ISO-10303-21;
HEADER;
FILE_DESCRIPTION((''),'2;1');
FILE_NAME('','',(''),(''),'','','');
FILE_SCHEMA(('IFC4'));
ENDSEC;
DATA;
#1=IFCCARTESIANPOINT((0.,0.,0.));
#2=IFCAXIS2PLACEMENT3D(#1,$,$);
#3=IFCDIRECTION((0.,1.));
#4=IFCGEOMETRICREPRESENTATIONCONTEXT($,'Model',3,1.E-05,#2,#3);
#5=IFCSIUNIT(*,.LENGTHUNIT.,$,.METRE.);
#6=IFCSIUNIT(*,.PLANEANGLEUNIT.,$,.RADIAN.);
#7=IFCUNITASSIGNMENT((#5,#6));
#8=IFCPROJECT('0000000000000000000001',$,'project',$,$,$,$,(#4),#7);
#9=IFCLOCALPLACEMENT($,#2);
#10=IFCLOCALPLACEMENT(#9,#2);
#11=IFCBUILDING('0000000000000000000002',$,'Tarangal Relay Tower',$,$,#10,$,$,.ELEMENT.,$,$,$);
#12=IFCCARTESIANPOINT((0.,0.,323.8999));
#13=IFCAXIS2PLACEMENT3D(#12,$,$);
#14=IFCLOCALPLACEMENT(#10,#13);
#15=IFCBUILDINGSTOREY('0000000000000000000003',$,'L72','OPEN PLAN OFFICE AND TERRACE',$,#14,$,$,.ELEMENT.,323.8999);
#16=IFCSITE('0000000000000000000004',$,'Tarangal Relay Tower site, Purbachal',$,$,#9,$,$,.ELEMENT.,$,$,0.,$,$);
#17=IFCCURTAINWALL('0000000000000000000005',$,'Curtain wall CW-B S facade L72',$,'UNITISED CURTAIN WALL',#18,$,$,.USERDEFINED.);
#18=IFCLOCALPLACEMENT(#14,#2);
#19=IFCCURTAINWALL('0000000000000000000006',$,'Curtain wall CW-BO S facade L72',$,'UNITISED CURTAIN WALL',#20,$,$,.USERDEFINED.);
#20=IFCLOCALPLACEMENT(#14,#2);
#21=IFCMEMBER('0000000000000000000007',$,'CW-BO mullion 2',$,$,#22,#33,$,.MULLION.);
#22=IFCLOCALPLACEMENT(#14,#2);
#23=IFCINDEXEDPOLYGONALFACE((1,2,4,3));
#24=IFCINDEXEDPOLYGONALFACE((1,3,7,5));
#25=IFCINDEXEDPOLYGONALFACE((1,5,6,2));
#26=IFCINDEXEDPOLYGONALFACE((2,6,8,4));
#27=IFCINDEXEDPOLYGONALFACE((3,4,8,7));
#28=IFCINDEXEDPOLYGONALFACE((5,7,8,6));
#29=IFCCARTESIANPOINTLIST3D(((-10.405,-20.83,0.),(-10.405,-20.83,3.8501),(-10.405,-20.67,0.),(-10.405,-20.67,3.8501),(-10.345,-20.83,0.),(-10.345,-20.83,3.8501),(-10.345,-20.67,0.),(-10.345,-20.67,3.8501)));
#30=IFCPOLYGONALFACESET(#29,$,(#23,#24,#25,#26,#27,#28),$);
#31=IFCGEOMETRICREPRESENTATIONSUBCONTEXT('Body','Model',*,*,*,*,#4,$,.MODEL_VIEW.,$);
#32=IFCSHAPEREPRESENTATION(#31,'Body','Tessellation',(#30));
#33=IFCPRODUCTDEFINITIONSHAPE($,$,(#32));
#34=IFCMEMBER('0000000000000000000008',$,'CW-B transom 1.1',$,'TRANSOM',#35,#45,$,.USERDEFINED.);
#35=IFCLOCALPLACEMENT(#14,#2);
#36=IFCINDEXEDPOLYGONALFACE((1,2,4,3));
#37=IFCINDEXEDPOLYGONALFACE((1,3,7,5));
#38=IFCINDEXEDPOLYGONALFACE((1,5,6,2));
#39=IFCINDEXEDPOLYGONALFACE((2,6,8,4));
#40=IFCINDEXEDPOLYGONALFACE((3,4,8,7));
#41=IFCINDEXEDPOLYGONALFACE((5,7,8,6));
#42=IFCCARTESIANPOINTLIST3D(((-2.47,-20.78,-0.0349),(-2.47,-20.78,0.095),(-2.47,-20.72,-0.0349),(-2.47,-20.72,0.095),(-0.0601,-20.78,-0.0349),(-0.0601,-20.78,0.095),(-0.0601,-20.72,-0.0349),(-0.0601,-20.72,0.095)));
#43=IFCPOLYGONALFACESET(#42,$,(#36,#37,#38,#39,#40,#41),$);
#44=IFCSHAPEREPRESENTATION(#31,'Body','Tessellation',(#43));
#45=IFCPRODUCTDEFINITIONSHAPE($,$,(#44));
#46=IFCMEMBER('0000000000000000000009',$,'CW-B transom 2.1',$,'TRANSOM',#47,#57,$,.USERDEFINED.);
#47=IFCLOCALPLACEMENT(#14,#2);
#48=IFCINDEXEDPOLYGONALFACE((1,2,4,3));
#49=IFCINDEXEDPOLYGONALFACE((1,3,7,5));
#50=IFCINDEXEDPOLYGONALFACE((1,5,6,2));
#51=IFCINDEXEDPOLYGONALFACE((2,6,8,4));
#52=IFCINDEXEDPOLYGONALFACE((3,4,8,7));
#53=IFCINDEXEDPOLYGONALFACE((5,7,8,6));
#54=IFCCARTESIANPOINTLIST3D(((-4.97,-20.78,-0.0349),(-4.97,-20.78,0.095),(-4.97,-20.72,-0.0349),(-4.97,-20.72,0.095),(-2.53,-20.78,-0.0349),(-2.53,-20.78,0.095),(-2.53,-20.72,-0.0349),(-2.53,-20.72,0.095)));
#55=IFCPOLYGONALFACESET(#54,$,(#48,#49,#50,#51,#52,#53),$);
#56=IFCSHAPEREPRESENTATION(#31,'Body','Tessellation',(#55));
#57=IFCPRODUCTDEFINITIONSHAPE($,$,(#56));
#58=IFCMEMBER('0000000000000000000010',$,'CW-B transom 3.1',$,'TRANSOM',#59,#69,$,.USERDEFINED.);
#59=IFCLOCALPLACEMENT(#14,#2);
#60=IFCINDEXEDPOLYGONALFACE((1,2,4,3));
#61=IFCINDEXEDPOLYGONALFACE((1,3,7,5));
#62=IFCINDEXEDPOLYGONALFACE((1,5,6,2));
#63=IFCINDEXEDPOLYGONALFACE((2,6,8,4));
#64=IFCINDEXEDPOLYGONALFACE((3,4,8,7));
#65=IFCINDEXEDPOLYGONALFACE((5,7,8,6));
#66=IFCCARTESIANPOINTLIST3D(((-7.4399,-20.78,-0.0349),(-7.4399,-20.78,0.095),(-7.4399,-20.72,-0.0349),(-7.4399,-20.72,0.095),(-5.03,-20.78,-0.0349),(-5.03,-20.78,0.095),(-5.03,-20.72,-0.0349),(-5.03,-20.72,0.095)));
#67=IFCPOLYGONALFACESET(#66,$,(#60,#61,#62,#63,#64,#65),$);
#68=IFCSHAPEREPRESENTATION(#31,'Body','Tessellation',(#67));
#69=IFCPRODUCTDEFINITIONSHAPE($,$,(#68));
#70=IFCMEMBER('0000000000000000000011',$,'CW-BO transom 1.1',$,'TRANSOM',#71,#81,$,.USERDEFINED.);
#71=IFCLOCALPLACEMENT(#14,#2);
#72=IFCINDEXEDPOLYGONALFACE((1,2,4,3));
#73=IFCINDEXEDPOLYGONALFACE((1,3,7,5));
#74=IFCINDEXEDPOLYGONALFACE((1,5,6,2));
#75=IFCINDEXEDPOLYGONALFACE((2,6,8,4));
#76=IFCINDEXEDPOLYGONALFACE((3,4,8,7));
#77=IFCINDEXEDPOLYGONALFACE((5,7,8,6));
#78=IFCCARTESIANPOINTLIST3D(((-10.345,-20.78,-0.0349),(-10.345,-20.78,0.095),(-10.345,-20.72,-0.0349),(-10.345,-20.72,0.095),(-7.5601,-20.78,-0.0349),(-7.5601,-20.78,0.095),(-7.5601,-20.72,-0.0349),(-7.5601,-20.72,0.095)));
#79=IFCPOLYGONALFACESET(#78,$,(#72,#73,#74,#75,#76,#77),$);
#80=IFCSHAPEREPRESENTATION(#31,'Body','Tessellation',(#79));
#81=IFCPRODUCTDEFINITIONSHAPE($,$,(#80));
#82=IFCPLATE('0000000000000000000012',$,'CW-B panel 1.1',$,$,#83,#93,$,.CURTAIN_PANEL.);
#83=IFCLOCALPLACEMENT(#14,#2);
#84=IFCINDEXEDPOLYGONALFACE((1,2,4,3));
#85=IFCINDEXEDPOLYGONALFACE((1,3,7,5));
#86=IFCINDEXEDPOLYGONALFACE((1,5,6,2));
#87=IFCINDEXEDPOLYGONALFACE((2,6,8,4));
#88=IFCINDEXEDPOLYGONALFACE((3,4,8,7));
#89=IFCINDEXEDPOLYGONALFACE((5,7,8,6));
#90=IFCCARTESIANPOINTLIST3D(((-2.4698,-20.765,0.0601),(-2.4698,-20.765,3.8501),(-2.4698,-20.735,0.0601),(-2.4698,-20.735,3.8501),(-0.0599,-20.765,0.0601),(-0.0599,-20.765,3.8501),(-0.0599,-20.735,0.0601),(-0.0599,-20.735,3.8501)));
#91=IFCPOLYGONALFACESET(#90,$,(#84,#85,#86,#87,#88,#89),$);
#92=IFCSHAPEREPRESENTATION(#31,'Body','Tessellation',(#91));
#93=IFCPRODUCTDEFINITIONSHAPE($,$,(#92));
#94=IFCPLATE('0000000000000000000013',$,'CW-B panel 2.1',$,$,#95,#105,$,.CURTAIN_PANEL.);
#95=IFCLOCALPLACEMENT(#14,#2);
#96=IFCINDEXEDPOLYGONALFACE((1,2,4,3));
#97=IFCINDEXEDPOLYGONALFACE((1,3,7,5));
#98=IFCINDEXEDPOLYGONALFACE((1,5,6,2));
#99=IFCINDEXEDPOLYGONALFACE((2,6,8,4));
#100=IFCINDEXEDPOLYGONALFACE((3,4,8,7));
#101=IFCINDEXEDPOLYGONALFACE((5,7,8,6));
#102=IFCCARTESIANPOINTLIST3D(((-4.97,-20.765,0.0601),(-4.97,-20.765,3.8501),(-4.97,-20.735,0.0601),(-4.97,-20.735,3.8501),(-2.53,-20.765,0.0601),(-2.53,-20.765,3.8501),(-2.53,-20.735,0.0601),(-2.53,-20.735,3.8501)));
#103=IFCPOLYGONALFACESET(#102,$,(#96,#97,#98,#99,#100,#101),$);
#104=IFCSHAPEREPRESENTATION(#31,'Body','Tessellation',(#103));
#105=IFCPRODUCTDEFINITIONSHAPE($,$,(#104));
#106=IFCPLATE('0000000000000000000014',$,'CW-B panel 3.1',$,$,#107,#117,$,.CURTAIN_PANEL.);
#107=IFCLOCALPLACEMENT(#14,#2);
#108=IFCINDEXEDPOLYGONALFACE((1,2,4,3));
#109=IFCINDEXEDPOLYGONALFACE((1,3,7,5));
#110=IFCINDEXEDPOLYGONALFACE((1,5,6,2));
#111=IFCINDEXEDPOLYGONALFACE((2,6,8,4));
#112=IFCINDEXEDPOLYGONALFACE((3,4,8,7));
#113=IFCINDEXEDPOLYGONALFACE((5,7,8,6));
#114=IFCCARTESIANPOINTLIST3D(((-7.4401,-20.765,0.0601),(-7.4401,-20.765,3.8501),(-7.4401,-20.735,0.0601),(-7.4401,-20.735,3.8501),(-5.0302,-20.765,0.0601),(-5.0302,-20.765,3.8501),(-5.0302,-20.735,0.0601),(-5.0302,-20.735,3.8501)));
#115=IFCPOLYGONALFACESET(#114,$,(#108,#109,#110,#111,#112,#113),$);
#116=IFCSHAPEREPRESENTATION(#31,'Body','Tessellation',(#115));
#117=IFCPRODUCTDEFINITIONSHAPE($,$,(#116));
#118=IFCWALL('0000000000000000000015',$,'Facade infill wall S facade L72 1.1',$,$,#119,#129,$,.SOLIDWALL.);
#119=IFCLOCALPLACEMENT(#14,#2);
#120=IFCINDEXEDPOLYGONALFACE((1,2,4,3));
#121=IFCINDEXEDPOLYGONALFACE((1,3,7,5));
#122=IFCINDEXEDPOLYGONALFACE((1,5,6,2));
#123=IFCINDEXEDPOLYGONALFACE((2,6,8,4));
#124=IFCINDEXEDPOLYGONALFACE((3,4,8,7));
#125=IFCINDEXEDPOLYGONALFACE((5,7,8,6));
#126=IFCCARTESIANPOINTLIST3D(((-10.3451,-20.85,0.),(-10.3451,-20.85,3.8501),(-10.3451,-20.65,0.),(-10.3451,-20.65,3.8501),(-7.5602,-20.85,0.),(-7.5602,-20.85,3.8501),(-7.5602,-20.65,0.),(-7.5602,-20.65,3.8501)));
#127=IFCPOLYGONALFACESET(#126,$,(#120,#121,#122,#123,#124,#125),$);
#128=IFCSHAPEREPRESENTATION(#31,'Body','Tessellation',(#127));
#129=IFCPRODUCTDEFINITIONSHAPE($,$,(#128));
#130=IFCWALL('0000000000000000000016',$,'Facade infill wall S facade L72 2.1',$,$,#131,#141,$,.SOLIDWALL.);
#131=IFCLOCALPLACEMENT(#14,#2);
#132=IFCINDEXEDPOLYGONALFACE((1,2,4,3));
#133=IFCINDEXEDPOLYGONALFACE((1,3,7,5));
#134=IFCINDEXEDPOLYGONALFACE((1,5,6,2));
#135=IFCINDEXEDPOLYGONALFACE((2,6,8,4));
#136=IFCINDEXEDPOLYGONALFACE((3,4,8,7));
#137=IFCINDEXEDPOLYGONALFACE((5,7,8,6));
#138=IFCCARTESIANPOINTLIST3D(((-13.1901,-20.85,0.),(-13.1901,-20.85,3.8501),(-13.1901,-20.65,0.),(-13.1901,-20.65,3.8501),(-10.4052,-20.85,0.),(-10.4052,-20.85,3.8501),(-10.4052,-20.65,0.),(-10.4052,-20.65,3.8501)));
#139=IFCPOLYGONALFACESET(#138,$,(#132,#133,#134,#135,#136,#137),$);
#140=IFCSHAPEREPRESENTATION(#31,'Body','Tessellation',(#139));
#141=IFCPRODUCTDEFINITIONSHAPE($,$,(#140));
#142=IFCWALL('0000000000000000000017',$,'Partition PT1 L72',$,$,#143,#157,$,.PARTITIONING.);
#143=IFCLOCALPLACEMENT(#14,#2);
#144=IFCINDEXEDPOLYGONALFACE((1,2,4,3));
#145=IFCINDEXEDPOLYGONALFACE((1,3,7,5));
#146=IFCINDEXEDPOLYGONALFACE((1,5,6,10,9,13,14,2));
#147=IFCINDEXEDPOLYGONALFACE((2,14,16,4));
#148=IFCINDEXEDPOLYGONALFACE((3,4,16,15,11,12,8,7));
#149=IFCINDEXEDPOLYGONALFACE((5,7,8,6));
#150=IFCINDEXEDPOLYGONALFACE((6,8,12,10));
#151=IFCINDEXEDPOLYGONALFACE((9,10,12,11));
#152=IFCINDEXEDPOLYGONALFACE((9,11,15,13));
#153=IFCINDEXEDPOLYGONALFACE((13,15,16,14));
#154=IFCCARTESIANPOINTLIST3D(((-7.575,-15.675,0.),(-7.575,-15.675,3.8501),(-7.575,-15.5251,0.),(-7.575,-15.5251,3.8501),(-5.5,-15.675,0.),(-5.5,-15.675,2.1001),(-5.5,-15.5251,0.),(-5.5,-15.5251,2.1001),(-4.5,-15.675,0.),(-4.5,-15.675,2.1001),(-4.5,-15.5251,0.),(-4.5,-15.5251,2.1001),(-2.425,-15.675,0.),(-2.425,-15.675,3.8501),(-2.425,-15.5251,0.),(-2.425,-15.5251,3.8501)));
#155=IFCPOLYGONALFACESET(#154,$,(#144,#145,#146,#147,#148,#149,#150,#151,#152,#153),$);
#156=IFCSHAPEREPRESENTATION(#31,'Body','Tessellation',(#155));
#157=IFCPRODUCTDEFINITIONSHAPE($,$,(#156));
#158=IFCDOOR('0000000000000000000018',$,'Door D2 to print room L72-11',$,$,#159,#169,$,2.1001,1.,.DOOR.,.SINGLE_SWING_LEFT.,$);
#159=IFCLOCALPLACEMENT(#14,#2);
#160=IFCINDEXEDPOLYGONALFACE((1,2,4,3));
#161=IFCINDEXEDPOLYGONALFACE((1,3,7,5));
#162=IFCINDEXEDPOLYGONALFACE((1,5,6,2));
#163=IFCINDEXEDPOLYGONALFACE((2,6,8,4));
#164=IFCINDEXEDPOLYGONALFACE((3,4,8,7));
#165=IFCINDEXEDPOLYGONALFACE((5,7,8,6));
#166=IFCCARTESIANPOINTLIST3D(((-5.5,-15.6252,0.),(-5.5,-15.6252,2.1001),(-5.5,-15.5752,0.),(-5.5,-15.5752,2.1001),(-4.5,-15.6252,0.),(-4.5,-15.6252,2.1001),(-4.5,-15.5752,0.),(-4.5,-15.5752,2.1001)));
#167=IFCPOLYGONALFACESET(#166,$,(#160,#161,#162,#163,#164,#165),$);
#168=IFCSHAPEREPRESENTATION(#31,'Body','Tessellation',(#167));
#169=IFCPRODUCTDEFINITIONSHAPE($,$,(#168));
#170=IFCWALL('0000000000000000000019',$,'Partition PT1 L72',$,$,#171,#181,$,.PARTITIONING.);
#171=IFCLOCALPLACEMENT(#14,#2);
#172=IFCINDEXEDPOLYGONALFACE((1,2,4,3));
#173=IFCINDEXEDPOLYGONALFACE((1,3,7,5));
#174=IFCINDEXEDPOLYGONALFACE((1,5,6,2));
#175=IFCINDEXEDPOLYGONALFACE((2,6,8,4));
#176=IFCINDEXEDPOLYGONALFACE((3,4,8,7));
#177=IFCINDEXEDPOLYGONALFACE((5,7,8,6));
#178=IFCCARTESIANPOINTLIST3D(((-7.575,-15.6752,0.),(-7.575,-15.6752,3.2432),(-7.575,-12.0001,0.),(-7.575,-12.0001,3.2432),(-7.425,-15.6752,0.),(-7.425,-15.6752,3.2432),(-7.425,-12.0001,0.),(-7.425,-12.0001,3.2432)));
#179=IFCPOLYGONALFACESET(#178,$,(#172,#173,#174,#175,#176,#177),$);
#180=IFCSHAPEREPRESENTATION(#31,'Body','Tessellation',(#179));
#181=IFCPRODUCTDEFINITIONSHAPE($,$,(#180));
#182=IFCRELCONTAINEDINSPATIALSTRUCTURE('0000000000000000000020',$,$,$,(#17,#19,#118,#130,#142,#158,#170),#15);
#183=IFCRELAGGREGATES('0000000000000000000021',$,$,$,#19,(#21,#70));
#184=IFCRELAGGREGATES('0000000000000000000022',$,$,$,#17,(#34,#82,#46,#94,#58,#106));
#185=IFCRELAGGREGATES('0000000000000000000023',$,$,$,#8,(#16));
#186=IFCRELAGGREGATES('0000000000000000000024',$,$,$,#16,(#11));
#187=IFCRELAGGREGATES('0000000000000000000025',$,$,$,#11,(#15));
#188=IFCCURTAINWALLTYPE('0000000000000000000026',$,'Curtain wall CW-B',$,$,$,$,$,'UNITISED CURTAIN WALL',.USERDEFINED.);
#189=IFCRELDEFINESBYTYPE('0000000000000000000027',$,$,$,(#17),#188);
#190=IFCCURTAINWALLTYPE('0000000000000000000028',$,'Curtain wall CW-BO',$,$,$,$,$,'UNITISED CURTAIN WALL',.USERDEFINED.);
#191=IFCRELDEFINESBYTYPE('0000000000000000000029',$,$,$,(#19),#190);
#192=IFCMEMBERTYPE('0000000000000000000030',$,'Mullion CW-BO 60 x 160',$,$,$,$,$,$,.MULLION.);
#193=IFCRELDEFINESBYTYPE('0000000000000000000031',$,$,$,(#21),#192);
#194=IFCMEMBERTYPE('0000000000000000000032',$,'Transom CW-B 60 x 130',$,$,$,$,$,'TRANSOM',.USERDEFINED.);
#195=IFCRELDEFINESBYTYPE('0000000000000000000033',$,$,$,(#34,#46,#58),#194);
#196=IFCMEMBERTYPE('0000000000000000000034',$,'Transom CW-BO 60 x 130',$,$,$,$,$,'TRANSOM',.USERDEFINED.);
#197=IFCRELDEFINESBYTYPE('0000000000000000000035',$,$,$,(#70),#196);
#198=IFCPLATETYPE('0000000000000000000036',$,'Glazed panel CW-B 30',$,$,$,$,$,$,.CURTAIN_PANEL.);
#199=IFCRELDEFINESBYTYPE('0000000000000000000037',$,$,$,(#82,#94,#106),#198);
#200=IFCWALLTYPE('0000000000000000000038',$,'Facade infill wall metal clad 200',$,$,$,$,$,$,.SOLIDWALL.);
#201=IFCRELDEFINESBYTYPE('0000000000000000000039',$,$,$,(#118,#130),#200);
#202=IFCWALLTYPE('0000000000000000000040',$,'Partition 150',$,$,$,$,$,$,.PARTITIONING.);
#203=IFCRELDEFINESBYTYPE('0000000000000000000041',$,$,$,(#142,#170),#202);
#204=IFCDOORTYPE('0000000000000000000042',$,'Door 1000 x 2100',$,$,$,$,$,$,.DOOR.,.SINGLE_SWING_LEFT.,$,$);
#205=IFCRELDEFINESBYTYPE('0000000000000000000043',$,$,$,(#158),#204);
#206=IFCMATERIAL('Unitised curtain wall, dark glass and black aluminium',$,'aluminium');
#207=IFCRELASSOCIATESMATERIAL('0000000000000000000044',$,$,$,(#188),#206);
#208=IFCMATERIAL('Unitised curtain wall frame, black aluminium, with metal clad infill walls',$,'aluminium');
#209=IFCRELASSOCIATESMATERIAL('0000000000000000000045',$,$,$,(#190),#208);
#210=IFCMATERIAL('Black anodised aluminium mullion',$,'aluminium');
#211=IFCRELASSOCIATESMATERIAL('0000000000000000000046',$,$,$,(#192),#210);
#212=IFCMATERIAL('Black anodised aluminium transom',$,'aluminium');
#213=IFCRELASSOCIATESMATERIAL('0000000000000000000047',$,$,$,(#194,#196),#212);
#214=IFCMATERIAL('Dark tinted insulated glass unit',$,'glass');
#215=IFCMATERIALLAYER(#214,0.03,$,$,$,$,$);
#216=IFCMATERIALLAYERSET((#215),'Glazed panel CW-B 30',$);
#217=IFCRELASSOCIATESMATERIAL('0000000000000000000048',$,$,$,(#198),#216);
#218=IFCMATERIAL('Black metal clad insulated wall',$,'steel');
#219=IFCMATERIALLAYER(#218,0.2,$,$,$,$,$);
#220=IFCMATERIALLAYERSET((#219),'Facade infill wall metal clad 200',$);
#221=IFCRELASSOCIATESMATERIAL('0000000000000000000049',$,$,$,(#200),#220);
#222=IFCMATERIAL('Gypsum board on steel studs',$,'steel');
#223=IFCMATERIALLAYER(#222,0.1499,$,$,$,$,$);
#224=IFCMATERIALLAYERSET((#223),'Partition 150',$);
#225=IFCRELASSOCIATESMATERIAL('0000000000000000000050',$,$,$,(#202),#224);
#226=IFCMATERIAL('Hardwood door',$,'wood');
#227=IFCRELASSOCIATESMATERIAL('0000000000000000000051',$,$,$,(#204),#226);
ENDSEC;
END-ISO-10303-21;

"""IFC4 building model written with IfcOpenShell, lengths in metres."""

from ifc_helpers import new_model, si_unit, direction, frame, frame_2d, origin, origin_2d, place, context, subcontext, project, spatial, rectangle, extrude, material, layer, layer_set, material_profile, profile_set, type_object, element, fill, aggregate, save


model = new_model("IFC4")

# Units and contexts
model_context = context("Model", 3, precision=1e-05, world=origin(), true_north=direction((0.0, 1.0)))
body_context = subcontext(model_context, "Body", "Model", "MODEL_VIEW")
ifc_project = project(units=[si_unit("LENGTHUNIT", "METRE"), si_unit("PLANEANGLEUNIT", "RADIAN")], contexts=[model_context])

# Site, building, storey
site_placement = place(None, origin())
site = spatial("IfcSite", under=ifc_project, at=site_placement, Name="Tarangal Relay Tower site, Purbachal", CompositionType="ELEMENT", RefElevation=0.0)
building_placement = place(site_placement, origin())
building = spatial("IfcBuilding", under=site, at=building_placement, Name="Tarangal Relay Tower", CompositionType="ELEMENT")
storey_placement = place(building_placement, frame((0.0, 0.0, 323.8999)))
storey = spatial("IfcBuildingStorey", under=building, at=storey_placement, Name="L72", Description="OPEN PLAN OFFICE AND TERRACE", CompositionType="ELEMENT", Elevation=323.8999)

# Curtain walls, member
ifc_material_1 = material(Name="Unitised curtain wall, dark glass and black aluminium", Category="aluminium")
curtain_wall_type_1 = type_object("IfcCurtainWallType", Name="Curtain wall CW-B", ElementType="UNITISED CURTAIN WALL", PredefinedType="USERDEFINED", material=ifc_material_1)
curtain_wall_1_placement = place(storey_placement, origin())
curtain_wall_1 = element("IfcCurtainWall", 1, at=curtain_wall_1_placement, inside=storey, type_object=curtain_wall_type_1, Name="Curtain wall CW-B S facade L72", ObjectType="UNITISED CURTAIN WALL", PredefinedType="USERDEFINED")
ifc_material_2 = material(Name="Black anodised aluminium mullion", Category="aluminium")
ifc_material_3 = material(Name="Unitised curtain wall frame, black aluminium, with metal clad infill walls", Category="aluminium")
curtain_wall_type_2 = type_object("IfcCurtainWallType", Name="Curtain wall CW-BO", ElementType="UNITISED CURTAIN WALL", PredefinedType="USERDEFINED", material=ifc_material_3)
curtain_wall_2_placement = place(storey_placement, origin())
curtain_wall_2 = element("IfcCurtainWall", 2, at=curtain_wall_2_placement, inside=storey, type_object=curtain_wall_type_2, Name="Curtain wall CW-BO S facade L72", ObjectType="UNITISED CURTAIN WALL", PredefinedType="USERDEFINED")
ifc_material_profile_1 = material_profile(ifc_material_2, rectangle(XDim=0.1599, YDim=0.0601, at=origin_2d()), Name="CW-BOM 60X160")
ifc_profile_set_1 = profile_set([ifc_material_profile_1], Name="Black anodised aluminium mullion")
member_type_1 = type_object("IfcMemberType", Name="Mullion CW-BO 60 x 160", PredefinedType="MULLION", material=ifc_profile_set_1)
member_1_placement = place(storey_placement, frame((-10.375, -20.75, 0.0), z_axis=(0.0, 0.0, 1.0), x_axis=(0.0, -1.0, 0.0)))
member_1 = element("IfcMember", 3, at=member_1_placement, type_object=member_type_1, Name="CW-BO mullion 2", PredefinedType="MULLION", context=body_context, shape_type="SweptSolid", body=[
    extrude(rectangle(XDim=0.1599, YDim=0.0601, at=origin_2d()), origin(), (0.0, 0.0, 1.0), 3.8501),
])

# Members
ifc_material_4 = material(Name="Black anodised aluminium transom", Category="aluminium")
ifc_material_profile_2 = material_profile(ifc_material_4, rectangle(XDim=0.0601, YDim=0.1299, at=origin_2d()), Name="CW-BT 60X130")
ifc_profile_set_2 = profile_set([ifc_material_profile_2], Name="Black anodised aluminium transom")
member_type_2 = type_object("IfcMemberType", Name="Transom CW-B 60 x 130", ElementType="TRANSOM", PredefinedType="USERDEFINED", material=ifc_profile_set_2)
member_2_placement = place(storey_placement, frame((-0.0601, -20.75, 0.03), z_axis=(-1.0, 0.0, 0.0), x_axis=(0.0, -1.0, 0.0)))
member_2 = element("IfcMember", 4, at=member_2_placement, type_object=member_type_2, Name="CW-B transom 1.1", ObjectType="TRANSOM", PredefinedType="USERDEFINED", context=body_context, shape_type="SweptSolid", body=[
    extrude(rectangle(XDim=0.0601, YDim=0.1299, at=origin_2d()), origin(), (0.0, 0.0, 1.0), 2.4099),
])
member_3_placement = place(storey_placement, frame((-2.53, -20.75, 0.03), z_axis=(-1.0, 0.0, 0.0), x_axis=(0.0, -1.0, 0.0)))
member_3 = element("IfcMember", 5, at=member_3_placement, type_object=member_type_2, Name="CW-B transom 2.1", ObjectType="TRANSOM", PredefinedType="USERDEFINED", context=body_context, shape_type="SweptSolid", body=[
    extrude(rectangle(XDim=0.0601, YDim=0.1299, at=origin_2d()), origin(), (0.0, 0.0, 1.0), 2.4399),
])
member_4_placement = place(storey_placement, frame((-5.03, -20.75, 0.03), z_axis=(-1.0, 0.0, 0.0), x_axis=(0.0, -1.0, 0.0)))
member_4 = element("IfcMember", 6, at=member_4_placement, type_object=member_type_2, Name="CW-B transom 3.1", ObjectType="TRANSOM", PredefinedType="USERDEFINED", context=body_context, shape_type="SweptSolid", body=[
    extrude(rectangle(XDim=0.0601, YDim=0.1299, at=origin_2d()), origin(), (0.0, 0.0, 1.0), 2.4099),
])
ifc_material_profile_3 = material_profile(ifc_material_4, rectangle(XDim=0.0601, YDim=0.1299, at=origin_2d()), Name="CW-BOT 60X130")
ifc_profile_set_3 = profile_set([ifc_material_profile_3], Name="Black anodised aluminium transom")
member_type_3 = type_object("IfcMemberType", Name="Transom CW-BO 60 x 130", ElementType="TRANSOM", PredefinedType="USERDEFINED", material=ifc_profile_set_3)
member_5_placement = place(storey_placement, frame((-7.5601, -20.75, 0.03), z_axis=(-1.0, 0.0, 0.0), x_axis=(0.0, -1.0, 0.0)))
member_5 = element("IfcMember", 7, at=member_5_placement, type_object=member_type_3, Name="CW-BO transom 1.1", ObjectType="TRANSOM", PredefinedType="USERDEFINED", context=body_context, shape_type="SweptSolid", body=[
    extrude(rectangle(XDim=0.0601, YDim=0.1299, at=origin_2d()), origin(), (0.0, 0.0, 1.0), 2.7849),
])
aggregate(curtain_wall_2, [member_1, member_5])

# Plates
ifc_material_5 = material(Name="Dark tinted insulated glass unit", Category="glass")
ifc_layer_1 = layer(ifc_material_5, 0.03)
ifc_layer_set_1 = layer_set([ifc_layer_1], Name="Glazed panel CW-B 30")
plate_type = type_object("IfcPlateType", Name="Glazed panel CW-B 30", PredefinedType="CURTAIN_PANEL", material=ifc_layer_set_1)
plate_1_placement = place(storey_placement, frame((-1.2649, -20.75, 0.0601), z_axis=(0.0, 0.0, 1.0), x_axis=(-1.0, 0.0, 0.0)))
plate_1 = element("IfcPlate", 8, at=plate_1_placement, type_object=plate_type, Name="CW-B panel 1.1", PredefinedType="CURTAIN_PANEL", context=body_context, shape_type="SweptSolid", body=[
    extrude(rectangle(XDim=2.4099, YDim=0.03, at=origin_2d()), origin(), (0.0, 0.0, 1.0), 3.79),
])
plate_2_placement = place(storey_placement, frame((-3.75, -20.75, 0.0601), z_axis=(0.0, 0.0, 1.0), x_axis=(-1.0, 0.0, 0.0)))
plate_2 = element("IfcPlate", 9, at=plate_2_placement, type_object=plate_type, Name="CW-B panel 2.1", PredefinedType="CURTAIN_PANEL", context=body_context, shape_type="SweptSolid", body=[
    extrude(rectangle(XDim=2.4399, YDim=0.03, at=origin_2d()), origin(), (0.0, 0.0, 1.0), 3.79),
])
plate_3_placement = place(storey_placement, frame((-6.2351, -20.75, 0.0601), z_axis=(0.0, 0.0, 1.0), x_axis=(-1.0, 0.0, 0.0)))
plate_3 = element("IfcPlate", 10, at=plate_3_placement, type_object=plate_type, Name="CW-B panel 3.1", PredefinedType="CURTAIN_PANEL", context=body_context, shape_type="SweptSolid", body=[
    extrude(rectangle(XDim=2.4099, YDim=0.03, at=origin_2d()), origin(), (0.0, 0.0, 1.0), 3.79),
])
aggregate(curtain_wall_1, [member_2, plate_1, member_3, plate_2, member_4, plate_3])

# Walls
ifc_material_6 = material(Name="Black metal clad insulated wall", Category="steel")
ifc_layer_2 = layer(ifc_material_6, 0.2)
ifc_layer_set_2 = layer_set([ifc_layer_2], Name="Facade infill wall metal clad 200")
wall_type_1 = type_object("IfcWallType", Name="Facade infill wall metal clad 200", PredefinedType="SOLIDWALL", material=ifc_layer_set_2)
for number, where, z_axis, x_axis, name in (
    (11, (-7.5601, -20.75, 0.0), (0.0, 0.0, 1.0), (-1.0, 0.0, 0.0), "Facade infill wall S facade L72 1.1"),
    (12, (-10.405, -20.75, 0.0), (0.0, 0.0, 1.0), (-1.0, 0.0, 0.0), "Facade infill wall S facade L72 2.1"),
):
    element("IfcWall", number, at=place(storey_placement, frame(where, z_axis=z_axis, x_axis=x_axis)), inside=storey, type_object=wall_type_1, Name=name, PredefinedType="SOLIDWALL", context=body_context, shape_type="SweptSolid", body=[
        extrude(rectangle(XDim=2.7849, YDim=0.2, at=frame_2d((1.3926, 0.0))), origin(), (0.0, 0.0, 1.0), 3.8501),
    ])

# Wall, opening, door
ifc_material_7 = material(Name="Gypsum board on steel studs", Category="steel")
ifc_layer_3 = layer(ifc_material_7, 0.1499)
ifc_layer_set_3 = layer_set([ifc_layer_3], Name="Partition 150")
wall_type_2 = type_object("IfcWallType", Name="Partition 150", PredefinedType="PARTITIONING", material=ifc_layer_set_3)
wall_1_placement = place(storey_placement, frame((-7.575, -15.6001, 0.0), z_axis=(0.0, 0.0, 1.0), x_axis=(1.0, 0.0, 0.0)))
wall_1 = element("IfcWall", 13, at=wall_1_placement, inside=storey, type_object=wall_type_2, Name="Partition PT1 L72", PredefinedType="PARTITIONING", context=body_context, shape_type="SweptSolid", body=[
    extrude(rectangle(XDim=5.1499, YDim=0.1499, at=frame_2d((2.575, 0.0))), origin(), (0.0, 0.0, 1.0), 3.8501),
])
opening_placement = place(wall_1_placement, frame((2.075, 0.0, 0.0)))
opening = element("IfcOpeningElement", 14, at=opening_placement, cuts=wall_1, PredefinedType="OPENING", context=body_context, shape_type="SweptSolid", body=[
    extrude(rectangle(XDim=1.0, YDim=2.1001, at=frame_2d((0.5, 1.05))), frame((0.0, 0.085, 0.0), z_axis=(0.0, -1.0, 0.0), x_axis=(1.0, 0.0, 0.0)), (0.0, 0.0, 1.0), 0.1699),
])
ifc_material_8 = material(Name="Hardwood door", Category="wood")
door_type = type_object("IfcDoorType", Name="Door 1000 x 2100", OperationType="SINGLE_SWING_LEFT", PredefinedType="DOOR", material=ifc_material_8)
door_placement = place(opening_placement, origin())
door = element("IfcDoor", 15, at=door_placement, inside=storey, type_object=door_type, Name="Door D2 to print room L72-11", OperationType="SINGLE_SWING_LEFT", OverallHeight=2.1001, OverallWidth=1.0, PredefinedType="DOOR", context=body_context, shape_type="SweptSolid", body=[
    extrude(rectangle(XDim=1.0, YDim=2.1001, at=frame_2d((0.5, 1.05))), frame((0.0, 0.0249, 0.0), z_axis=(0.0, -1.0, 0.0), x_axis=(1.0, 0.0, 0.0)), (0.0, 0.0, 1.0), 0.05),
])
fill(opening, door)

# Wall
wall_2_placement = place(storey_placement, frame((-7.5, -15.675, 0.0), z_axis=(0.0, 0.0, 1.0), x_axis=(0.0, 1.0, 0.0)))
element("IfcWall", 16, at=wall_2_placement, inside=storey, type_object=wall_type_2, Name="Partition PT1 L72", PredefinedType="PARTITIONING", context=body_context, shape_type="SweptSolid", body=[
    extrude(rectangle(XDim=3.675, YDim=0.1499, at=frame_2d((1.8374, 0.0))), origin(), (0.0, 0.0, 1.0), 3.2432),
])

save(model, "model.ifc")
